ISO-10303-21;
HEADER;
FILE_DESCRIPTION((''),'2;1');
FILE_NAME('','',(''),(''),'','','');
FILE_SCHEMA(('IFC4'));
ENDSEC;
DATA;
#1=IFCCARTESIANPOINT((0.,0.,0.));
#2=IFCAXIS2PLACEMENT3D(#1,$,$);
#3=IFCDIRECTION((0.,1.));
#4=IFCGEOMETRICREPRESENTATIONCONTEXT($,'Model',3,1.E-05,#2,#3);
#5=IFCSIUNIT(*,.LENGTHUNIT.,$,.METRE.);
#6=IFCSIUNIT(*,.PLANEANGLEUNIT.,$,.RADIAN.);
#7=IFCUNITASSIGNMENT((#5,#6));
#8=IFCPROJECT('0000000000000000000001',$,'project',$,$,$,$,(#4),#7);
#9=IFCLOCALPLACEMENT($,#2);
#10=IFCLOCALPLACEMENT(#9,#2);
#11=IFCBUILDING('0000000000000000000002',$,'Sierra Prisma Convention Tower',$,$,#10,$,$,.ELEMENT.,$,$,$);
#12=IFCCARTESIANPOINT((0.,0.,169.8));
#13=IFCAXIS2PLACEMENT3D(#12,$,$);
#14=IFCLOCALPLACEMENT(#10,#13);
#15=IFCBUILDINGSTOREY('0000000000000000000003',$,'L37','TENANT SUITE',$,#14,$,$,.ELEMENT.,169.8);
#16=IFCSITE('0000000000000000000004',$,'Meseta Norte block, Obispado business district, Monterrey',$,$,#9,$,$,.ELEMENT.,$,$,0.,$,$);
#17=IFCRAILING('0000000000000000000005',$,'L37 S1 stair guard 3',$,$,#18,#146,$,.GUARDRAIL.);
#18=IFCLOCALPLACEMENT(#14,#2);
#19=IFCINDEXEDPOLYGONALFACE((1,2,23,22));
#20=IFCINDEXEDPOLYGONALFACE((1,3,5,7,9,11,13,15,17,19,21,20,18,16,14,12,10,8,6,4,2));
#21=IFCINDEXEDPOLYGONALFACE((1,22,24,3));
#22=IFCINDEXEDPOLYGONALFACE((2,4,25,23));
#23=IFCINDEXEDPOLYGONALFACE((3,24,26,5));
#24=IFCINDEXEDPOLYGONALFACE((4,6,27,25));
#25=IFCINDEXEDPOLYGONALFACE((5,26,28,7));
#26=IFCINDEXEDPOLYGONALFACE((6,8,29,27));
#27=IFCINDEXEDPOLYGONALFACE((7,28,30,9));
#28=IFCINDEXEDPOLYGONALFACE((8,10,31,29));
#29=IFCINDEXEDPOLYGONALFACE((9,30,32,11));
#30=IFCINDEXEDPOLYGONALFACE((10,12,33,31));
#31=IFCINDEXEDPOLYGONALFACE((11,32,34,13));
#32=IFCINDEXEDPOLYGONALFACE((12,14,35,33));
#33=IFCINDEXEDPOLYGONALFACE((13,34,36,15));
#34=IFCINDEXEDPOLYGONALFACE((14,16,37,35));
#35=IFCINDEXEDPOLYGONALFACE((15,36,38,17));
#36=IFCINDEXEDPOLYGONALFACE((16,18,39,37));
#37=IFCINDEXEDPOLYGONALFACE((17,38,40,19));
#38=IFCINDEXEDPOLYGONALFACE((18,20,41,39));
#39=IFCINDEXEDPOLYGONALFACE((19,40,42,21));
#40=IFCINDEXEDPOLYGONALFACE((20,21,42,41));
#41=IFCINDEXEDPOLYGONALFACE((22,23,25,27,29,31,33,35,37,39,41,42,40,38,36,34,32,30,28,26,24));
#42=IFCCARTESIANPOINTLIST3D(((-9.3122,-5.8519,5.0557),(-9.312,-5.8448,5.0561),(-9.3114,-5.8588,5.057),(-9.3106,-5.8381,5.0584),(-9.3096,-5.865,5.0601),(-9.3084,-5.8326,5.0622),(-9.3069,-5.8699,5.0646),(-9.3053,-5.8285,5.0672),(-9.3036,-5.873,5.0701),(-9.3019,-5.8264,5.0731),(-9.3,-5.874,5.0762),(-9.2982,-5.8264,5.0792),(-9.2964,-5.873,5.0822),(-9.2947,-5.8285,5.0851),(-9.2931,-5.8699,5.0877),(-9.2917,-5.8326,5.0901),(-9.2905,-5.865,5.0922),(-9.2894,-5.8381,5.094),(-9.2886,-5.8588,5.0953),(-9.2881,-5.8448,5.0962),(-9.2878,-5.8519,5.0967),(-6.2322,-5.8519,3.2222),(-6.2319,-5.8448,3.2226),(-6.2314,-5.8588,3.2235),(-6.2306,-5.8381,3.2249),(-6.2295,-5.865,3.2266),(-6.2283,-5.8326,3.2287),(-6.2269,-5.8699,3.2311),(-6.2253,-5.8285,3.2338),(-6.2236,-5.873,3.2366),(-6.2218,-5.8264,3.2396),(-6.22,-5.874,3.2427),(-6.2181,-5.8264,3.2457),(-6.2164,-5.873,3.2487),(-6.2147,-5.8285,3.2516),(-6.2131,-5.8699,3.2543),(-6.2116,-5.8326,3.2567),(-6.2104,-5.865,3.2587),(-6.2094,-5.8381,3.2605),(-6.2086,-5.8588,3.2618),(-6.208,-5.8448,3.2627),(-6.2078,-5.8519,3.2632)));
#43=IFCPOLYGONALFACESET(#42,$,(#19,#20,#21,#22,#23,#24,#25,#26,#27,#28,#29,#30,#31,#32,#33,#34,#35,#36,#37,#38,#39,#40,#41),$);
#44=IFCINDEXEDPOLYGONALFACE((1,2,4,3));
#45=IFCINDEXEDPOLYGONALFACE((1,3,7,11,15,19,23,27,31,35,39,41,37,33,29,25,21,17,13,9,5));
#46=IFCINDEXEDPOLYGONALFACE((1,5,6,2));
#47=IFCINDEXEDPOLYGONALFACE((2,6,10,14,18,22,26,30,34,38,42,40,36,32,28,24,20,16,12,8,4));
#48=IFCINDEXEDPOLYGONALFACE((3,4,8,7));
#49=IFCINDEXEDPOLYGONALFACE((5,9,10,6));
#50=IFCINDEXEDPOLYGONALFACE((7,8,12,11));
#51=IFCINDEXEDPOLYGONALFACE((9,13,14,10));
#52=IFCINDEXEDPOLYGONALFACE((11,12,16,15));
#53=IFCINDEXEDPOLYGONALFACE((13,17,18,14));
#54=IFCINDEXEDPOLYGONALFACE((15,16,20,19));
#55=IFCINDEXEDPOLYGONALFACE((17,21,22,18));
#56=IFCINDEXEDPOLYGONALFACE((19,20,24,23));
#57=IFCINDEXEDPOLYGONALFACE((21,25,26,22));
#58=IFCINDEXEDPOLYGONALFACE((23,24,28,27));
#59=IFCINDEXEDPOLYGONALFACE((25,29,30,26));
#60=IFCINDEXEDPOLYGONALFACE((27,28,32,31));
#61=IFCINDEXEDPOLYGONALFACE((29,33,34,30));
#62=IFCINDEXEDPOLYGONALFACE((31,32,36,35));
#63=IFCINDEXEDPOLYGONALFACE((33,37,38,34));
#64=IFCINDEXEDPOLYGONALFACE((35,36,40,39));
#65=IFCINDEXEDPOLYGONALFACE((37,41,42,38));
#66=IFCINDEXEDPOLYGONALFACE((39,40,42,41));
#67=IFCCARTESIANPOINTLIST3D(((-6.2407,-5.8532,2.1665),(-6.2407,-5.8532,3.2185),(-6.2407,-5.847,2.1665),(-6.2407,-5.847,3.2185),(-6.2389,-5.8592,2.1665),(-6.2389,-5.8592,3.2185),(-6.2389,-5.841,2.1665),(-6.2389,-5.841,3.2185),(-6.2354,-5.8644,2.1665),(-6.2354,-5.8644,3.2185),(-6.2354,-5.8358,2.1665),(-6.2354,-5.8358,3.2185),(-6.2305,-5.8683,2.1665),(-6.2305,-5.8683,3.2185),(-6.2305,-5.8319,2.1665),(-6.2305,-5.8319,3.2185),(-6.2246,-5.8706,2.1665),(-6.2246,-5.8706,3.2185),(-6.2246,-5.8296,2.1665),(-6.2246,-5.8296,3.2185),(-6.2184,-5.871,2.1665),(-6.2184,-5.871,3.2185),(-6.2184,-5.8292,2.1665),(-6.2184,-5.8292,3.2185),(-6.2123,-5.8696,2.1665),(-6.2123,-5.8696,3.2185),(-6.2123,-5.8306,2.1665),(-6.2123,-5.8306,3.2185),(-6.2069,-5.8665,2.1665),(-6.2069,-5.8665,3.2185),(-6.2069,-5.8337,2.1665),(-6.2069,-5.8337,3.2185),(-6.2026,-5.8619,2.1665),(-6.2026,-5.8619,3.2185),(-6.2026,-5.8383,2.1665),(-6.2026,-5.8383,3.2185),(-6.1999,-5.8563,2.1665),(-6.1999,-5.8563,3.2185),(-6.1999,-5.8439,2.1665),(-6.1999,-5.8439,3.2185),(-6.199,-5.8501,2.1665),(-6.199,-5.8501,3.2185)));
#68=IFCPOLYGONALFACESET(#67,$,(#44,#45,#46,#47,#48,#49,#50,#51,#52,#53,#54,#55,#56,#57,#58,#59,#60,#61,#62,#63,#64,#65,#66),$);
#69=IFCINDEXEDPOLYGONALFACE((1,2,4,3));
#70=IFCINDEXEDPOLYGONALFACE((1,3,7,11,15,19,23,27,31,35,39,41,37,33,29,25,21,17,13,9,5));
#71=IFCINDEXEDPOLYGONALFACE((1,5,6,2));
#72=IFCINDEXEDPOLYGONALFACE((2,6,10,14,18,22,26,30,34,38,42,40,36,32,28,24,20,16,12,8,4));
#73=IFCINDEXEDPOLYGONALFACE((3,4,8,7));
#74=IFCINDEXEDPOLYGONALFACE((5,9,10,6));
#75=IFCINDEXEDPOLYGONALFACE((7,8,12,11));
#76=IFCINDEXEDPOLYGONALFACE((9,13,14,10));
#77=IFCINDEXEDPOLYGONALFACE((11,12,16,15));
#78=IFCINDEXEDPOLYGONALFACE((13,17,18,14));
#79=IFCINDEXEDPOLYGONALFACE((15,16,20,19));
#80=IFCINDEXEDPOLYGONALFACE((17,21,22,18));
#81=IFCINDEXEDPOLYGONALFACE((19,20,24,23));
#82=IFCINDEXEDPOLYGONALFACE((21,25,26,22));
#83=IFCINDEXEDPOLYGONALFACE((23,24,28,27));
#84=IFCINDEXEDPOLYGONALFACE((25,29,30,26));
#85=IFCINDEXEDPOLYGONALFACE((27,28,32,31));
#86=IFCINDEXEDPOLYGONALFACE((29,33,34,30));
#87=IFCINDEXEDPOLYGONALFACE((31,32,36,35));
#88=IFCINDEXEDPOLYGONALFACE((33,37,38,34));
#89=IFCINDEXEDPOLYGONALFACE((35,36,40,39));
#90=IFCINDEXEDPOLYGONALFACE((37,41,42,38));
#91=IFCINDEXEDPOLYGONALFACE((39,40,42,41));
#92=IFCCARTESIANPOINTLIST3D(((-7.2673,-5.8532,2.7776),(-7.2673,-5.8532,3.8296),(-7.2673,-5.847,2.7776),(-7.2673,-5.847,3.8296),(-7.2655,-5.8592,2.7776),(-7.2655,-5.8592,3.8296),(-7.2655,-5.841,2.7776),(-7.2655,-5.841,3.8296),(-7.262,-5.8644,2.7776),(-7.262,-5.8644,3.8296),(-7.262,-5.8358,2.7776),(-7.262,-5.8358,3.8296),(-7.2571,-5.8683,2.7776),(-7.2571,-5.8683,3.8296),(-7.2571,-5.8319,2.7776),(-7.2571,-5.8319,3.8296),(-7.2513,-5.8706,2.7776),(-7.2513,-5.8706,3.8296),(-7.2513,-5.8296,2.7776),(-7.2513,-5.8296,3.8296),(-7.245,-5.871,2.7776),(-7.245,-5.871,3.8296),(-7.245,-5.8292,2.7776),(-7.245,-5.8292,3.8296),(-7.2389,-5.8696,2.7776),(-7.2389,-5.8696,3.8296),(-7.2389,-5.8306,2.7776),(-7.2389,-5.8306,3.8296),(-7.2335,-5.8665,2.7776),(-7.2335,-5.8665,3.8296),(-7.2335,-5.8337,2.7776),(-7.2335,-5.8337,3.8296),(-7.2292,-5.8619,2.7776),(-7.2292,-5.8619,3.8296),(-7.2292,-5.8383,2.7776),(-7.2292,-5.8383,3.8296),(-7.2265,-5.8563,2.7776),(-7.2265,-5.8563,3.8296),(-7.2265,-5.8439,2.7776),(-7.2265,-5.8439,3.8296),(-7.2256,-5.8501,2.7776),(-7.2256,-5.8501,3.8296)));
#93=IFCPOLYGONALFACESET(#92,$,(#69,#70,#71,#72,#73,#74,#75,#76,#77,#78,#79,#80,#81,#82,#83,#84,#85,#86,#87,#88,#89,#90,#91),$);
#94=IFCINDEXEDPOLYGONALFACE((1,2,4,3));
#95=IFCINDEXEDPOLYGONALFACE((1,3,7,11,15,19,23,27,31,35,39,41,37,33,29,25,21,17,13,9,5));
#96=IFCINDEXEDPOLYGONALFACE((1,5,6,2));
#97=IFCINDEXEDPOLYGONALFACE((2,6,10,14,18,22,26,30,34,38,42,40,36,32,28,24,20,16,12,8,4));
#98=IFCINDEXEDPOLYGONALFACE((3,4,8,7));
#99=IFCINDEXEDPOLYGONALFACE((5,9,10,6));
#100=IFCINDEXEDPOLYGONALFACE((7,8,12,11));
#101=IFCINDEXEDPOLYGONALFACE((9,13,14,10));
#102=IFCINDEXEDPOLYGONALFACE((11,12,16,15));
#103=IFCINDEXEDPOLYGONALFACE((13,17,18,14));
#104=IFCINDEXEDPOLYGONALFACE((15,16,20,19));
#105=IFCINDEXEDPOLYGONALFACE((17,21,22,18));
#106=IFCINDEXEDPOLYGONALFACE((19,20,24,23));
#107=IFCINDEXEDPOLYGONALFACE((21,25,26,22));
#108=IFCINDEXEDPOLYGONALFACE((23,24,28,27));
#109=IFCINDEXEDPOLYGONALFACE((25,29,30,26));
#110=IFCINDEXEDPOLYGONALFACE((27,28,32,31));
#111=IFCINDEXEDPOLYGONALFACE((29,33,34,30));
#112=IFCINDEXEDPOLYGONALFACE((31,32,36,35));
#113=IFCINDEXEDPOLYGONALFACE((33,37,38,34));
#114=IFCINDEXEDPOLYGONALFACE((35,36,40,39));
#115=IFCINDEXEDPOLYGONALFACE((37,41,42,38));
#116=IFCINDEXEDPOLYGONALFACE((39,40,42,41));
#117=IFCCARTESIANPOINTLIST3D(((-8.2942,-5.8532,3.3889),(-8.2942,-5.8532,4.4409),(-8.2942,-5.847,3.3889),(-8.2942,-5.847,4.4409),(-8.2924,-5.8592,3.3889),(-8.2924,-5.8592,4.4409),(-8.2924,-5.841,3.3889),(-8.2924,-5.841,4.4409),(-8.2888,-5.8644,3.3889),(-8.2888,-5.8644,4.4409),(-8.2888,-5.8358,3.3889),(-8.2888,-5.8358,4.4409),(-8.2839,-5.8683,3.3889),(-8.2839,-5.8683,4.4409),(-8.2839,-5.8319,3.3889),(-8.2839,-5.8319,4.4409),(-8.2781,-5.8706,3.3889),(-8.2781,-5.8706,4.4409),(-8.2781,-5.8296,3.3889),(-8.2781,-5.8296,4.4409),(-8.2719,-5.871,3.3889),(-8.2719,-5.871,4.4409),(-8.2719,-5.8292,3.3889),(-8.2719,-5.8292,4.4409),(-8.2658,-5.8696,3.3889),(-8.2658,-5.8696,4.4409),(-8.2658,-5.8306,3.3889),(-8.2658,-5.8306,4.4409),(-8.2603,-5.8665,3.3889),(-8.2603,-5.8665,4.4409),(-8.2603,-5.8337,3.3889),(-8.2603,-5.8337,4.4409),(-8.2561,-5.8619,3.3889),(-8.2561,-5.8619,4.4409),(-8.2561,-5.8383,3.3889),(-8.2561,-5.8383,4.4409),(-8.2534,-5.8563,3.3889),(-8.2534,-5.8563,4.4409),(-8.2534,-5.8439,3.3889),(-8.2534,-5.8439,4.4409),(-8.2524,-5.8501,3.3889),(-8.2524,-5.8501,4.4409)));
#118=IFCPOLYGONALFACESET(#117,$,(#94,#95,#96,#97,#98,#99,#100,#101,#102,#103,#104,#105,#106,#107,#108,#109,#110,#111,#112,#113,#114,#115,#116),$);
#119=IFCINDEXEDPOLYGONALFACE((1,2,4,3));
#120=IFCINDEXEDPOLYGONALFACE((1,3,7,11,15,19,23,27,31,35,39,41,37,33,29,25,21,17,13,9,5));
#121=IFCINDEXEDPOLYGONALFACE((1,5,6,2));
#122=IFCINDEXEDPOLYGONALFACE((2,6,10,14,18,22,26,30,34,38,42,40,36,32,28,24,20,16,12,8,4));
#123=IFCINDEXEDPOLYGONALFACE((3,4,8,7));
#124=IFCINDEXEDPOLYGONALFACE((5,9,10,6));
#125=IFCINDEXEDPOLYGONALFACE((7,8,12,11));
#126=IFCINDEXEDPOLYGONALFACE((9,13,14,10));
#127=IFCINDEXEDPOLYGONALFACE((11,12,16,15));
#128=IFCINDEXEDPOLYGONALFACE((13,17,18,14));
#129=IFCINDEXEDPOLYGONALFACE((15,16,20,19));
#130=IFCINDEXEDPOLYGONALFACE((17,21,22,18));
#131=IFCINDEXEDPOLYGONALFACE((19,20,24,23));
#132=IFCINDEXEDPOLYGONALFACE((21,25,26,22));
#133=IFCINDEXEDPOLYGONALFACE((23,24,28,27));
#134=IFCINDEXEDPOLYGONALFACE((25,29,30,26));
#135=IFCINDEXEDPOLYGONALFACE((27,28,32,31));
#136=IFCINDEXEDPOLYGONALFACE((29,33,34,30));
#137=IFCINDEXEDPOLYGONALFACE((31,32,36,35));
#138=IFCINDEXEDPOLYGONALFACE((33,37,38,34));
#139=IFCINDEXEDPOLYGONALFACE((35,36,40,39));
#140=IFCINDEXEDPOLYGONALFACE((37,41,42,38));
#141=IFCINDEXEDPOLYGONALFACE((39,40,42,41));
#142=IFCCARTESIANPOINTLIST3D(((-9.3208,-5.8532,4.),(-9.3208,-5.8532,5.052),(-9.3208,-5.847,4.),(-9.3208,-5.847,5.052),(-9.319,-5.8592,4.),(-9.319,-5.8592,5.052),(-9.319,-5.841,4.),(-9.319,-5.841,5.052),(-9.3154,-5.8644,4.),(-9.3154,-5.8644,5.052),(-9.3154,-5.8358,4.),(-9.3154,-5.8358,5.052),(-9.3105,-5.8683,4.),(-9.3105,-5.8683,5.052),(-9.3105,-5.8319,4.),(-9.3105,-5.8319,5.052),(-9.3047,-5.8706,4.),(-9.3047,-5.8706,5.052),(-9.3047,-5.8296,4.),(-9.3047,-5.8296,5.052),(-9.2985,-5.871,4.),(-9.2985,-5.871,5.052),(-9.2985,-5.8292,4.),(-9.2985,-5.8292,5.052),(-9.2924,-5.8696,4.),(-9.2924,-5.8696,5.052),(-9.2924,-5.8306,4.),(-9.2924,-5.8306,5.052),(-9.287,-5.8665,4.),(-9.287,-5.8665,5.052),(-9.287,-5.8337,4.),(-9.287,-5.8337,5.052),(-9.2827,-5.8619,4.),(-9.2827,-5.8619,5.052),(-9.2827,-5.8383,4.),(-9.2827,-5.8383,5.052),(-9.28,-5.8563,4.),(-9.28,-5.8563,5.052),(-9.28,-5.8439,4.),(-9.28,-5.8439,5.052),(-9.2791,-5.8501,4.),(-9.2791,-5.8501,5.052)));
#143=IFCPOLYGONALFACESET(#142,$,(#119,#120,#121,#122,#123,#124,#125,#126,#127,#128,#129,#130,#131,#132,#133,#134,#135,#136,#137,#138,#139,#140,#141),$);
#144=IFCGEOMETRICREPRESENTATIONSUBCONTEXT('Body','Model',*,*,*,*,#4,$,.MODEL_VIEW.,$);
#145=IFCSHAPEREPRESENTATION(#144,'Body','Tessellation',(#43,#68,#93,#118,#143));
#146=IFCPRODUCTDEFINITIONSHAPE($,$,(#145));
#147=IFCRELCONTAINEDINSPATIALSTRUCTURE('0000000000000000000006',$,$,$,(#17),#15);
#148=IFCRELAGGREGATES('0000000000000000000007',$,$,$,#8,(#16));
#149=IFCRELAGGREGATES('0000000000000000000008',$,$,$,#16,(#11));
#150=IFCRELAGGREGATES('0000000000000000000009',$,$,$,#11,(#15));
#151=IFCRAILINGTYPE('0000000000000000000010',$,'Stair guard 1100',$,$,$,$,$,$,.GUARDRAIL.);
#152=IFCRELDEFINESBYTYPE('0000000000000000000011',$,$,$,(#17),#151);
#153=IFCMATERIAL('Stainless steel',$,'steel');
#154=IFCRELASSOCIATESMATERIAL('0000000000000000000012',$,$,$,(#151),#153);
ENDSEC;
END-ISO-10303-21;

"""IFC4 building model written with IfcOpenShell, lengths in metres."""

from ifc_helpers import new_model, si_unit, direction, frame, origin, origin_2d, place, context, subcontext, project, spatial, circle, extrude, material, type_object, element, save


model = new_model("IFC4")

# Units and contexts
model_context = context("Model", 3, precision=1e-05, world=origin(), true_north=direction((0.0, 1.0)))
body_context = subcontext(model_context, "Body", "Model", "MODEL_VIEW")
ifc_project = project(units=[si_unit("LENGTHUNIT", "METRE"), si_unit("PLANEANGLEUNIT", "RADIAN")], contexts=[model_context])

# Site, building, storey
site_placement = place(None, origin())
site = spatial("IfcSite", under=ifc_project, at=site_placement, Name="Meseta Norte block, Obispado business district, Monterrey", CompositionType="ELEMENT", RefElevation=0.0)
building_placement = place(site_placement, origin())
building = spatial("IfcBuilding", under=site, at=building_placement, Name="Sierra Prisma Convention Tower", CompositionType="ELEMENT")
storey_placement = place(building_placement, frame((0.0, 0.0, 169.8)))
storey = spatial("IfcBuildingStorey", under=building, at=storey_placement, Name="L37", Description="TENANT SUITE", CompositionType="ELEMENT", Elevation=169.8)

# Railing
ifc_material_1 = material(Name="Stainless steel", Category="steel")
railing_type_1 = type_object("IfcRailingType", Name="Stair guard 1100", PredefinedType="GUARDRAIL", material=ifc_material_1)
railing_1_placement = place(storey_placement, frame((-6.22, -5.8501, 2.1665)))
element("IfcRailing", 1, at=railing_1_placement, inside=storey, type_object=railing_type_1, Name="L37 S1 stair guard 3", PredefinedType="GUARDRAIL", context=body_context, shape_type="SweptSolid", body=[
    extrude(circle(Radius=0.0239, at=origin_2d()), frame((0.0, 0.0, 1.0762), z_axis=(-0.859279, 0.0, 0.511508), x_axis=(0.0, -1.0, 0.0)), (0.0, 0.0, 1.0), 3.5845),
    extrude(circle(Radius=0.021, at=origin_2d()), origin(), (0.0, 0.0, 1.0), 1.052),
    extrude(circle(Radius=0.021, at=origin_2d()), frame((-1.0266, 0.0, 0.6111)), (0.0, 0.0, 1.0), 1.052),
    extrude(circle(Radius=0.021, at=origin_2d()), frame((-2.0535, 0.0, 1.2224)), (0.0, 0.0, 1.0), 1.052),
    extrude(circle(Radius=0.021, at=origin_2d()), frame((-3.0801, 0.0, 1.8335)), (0.0, 0.0, 1.0), 1.052),
])

save(model, "model.ifc")
